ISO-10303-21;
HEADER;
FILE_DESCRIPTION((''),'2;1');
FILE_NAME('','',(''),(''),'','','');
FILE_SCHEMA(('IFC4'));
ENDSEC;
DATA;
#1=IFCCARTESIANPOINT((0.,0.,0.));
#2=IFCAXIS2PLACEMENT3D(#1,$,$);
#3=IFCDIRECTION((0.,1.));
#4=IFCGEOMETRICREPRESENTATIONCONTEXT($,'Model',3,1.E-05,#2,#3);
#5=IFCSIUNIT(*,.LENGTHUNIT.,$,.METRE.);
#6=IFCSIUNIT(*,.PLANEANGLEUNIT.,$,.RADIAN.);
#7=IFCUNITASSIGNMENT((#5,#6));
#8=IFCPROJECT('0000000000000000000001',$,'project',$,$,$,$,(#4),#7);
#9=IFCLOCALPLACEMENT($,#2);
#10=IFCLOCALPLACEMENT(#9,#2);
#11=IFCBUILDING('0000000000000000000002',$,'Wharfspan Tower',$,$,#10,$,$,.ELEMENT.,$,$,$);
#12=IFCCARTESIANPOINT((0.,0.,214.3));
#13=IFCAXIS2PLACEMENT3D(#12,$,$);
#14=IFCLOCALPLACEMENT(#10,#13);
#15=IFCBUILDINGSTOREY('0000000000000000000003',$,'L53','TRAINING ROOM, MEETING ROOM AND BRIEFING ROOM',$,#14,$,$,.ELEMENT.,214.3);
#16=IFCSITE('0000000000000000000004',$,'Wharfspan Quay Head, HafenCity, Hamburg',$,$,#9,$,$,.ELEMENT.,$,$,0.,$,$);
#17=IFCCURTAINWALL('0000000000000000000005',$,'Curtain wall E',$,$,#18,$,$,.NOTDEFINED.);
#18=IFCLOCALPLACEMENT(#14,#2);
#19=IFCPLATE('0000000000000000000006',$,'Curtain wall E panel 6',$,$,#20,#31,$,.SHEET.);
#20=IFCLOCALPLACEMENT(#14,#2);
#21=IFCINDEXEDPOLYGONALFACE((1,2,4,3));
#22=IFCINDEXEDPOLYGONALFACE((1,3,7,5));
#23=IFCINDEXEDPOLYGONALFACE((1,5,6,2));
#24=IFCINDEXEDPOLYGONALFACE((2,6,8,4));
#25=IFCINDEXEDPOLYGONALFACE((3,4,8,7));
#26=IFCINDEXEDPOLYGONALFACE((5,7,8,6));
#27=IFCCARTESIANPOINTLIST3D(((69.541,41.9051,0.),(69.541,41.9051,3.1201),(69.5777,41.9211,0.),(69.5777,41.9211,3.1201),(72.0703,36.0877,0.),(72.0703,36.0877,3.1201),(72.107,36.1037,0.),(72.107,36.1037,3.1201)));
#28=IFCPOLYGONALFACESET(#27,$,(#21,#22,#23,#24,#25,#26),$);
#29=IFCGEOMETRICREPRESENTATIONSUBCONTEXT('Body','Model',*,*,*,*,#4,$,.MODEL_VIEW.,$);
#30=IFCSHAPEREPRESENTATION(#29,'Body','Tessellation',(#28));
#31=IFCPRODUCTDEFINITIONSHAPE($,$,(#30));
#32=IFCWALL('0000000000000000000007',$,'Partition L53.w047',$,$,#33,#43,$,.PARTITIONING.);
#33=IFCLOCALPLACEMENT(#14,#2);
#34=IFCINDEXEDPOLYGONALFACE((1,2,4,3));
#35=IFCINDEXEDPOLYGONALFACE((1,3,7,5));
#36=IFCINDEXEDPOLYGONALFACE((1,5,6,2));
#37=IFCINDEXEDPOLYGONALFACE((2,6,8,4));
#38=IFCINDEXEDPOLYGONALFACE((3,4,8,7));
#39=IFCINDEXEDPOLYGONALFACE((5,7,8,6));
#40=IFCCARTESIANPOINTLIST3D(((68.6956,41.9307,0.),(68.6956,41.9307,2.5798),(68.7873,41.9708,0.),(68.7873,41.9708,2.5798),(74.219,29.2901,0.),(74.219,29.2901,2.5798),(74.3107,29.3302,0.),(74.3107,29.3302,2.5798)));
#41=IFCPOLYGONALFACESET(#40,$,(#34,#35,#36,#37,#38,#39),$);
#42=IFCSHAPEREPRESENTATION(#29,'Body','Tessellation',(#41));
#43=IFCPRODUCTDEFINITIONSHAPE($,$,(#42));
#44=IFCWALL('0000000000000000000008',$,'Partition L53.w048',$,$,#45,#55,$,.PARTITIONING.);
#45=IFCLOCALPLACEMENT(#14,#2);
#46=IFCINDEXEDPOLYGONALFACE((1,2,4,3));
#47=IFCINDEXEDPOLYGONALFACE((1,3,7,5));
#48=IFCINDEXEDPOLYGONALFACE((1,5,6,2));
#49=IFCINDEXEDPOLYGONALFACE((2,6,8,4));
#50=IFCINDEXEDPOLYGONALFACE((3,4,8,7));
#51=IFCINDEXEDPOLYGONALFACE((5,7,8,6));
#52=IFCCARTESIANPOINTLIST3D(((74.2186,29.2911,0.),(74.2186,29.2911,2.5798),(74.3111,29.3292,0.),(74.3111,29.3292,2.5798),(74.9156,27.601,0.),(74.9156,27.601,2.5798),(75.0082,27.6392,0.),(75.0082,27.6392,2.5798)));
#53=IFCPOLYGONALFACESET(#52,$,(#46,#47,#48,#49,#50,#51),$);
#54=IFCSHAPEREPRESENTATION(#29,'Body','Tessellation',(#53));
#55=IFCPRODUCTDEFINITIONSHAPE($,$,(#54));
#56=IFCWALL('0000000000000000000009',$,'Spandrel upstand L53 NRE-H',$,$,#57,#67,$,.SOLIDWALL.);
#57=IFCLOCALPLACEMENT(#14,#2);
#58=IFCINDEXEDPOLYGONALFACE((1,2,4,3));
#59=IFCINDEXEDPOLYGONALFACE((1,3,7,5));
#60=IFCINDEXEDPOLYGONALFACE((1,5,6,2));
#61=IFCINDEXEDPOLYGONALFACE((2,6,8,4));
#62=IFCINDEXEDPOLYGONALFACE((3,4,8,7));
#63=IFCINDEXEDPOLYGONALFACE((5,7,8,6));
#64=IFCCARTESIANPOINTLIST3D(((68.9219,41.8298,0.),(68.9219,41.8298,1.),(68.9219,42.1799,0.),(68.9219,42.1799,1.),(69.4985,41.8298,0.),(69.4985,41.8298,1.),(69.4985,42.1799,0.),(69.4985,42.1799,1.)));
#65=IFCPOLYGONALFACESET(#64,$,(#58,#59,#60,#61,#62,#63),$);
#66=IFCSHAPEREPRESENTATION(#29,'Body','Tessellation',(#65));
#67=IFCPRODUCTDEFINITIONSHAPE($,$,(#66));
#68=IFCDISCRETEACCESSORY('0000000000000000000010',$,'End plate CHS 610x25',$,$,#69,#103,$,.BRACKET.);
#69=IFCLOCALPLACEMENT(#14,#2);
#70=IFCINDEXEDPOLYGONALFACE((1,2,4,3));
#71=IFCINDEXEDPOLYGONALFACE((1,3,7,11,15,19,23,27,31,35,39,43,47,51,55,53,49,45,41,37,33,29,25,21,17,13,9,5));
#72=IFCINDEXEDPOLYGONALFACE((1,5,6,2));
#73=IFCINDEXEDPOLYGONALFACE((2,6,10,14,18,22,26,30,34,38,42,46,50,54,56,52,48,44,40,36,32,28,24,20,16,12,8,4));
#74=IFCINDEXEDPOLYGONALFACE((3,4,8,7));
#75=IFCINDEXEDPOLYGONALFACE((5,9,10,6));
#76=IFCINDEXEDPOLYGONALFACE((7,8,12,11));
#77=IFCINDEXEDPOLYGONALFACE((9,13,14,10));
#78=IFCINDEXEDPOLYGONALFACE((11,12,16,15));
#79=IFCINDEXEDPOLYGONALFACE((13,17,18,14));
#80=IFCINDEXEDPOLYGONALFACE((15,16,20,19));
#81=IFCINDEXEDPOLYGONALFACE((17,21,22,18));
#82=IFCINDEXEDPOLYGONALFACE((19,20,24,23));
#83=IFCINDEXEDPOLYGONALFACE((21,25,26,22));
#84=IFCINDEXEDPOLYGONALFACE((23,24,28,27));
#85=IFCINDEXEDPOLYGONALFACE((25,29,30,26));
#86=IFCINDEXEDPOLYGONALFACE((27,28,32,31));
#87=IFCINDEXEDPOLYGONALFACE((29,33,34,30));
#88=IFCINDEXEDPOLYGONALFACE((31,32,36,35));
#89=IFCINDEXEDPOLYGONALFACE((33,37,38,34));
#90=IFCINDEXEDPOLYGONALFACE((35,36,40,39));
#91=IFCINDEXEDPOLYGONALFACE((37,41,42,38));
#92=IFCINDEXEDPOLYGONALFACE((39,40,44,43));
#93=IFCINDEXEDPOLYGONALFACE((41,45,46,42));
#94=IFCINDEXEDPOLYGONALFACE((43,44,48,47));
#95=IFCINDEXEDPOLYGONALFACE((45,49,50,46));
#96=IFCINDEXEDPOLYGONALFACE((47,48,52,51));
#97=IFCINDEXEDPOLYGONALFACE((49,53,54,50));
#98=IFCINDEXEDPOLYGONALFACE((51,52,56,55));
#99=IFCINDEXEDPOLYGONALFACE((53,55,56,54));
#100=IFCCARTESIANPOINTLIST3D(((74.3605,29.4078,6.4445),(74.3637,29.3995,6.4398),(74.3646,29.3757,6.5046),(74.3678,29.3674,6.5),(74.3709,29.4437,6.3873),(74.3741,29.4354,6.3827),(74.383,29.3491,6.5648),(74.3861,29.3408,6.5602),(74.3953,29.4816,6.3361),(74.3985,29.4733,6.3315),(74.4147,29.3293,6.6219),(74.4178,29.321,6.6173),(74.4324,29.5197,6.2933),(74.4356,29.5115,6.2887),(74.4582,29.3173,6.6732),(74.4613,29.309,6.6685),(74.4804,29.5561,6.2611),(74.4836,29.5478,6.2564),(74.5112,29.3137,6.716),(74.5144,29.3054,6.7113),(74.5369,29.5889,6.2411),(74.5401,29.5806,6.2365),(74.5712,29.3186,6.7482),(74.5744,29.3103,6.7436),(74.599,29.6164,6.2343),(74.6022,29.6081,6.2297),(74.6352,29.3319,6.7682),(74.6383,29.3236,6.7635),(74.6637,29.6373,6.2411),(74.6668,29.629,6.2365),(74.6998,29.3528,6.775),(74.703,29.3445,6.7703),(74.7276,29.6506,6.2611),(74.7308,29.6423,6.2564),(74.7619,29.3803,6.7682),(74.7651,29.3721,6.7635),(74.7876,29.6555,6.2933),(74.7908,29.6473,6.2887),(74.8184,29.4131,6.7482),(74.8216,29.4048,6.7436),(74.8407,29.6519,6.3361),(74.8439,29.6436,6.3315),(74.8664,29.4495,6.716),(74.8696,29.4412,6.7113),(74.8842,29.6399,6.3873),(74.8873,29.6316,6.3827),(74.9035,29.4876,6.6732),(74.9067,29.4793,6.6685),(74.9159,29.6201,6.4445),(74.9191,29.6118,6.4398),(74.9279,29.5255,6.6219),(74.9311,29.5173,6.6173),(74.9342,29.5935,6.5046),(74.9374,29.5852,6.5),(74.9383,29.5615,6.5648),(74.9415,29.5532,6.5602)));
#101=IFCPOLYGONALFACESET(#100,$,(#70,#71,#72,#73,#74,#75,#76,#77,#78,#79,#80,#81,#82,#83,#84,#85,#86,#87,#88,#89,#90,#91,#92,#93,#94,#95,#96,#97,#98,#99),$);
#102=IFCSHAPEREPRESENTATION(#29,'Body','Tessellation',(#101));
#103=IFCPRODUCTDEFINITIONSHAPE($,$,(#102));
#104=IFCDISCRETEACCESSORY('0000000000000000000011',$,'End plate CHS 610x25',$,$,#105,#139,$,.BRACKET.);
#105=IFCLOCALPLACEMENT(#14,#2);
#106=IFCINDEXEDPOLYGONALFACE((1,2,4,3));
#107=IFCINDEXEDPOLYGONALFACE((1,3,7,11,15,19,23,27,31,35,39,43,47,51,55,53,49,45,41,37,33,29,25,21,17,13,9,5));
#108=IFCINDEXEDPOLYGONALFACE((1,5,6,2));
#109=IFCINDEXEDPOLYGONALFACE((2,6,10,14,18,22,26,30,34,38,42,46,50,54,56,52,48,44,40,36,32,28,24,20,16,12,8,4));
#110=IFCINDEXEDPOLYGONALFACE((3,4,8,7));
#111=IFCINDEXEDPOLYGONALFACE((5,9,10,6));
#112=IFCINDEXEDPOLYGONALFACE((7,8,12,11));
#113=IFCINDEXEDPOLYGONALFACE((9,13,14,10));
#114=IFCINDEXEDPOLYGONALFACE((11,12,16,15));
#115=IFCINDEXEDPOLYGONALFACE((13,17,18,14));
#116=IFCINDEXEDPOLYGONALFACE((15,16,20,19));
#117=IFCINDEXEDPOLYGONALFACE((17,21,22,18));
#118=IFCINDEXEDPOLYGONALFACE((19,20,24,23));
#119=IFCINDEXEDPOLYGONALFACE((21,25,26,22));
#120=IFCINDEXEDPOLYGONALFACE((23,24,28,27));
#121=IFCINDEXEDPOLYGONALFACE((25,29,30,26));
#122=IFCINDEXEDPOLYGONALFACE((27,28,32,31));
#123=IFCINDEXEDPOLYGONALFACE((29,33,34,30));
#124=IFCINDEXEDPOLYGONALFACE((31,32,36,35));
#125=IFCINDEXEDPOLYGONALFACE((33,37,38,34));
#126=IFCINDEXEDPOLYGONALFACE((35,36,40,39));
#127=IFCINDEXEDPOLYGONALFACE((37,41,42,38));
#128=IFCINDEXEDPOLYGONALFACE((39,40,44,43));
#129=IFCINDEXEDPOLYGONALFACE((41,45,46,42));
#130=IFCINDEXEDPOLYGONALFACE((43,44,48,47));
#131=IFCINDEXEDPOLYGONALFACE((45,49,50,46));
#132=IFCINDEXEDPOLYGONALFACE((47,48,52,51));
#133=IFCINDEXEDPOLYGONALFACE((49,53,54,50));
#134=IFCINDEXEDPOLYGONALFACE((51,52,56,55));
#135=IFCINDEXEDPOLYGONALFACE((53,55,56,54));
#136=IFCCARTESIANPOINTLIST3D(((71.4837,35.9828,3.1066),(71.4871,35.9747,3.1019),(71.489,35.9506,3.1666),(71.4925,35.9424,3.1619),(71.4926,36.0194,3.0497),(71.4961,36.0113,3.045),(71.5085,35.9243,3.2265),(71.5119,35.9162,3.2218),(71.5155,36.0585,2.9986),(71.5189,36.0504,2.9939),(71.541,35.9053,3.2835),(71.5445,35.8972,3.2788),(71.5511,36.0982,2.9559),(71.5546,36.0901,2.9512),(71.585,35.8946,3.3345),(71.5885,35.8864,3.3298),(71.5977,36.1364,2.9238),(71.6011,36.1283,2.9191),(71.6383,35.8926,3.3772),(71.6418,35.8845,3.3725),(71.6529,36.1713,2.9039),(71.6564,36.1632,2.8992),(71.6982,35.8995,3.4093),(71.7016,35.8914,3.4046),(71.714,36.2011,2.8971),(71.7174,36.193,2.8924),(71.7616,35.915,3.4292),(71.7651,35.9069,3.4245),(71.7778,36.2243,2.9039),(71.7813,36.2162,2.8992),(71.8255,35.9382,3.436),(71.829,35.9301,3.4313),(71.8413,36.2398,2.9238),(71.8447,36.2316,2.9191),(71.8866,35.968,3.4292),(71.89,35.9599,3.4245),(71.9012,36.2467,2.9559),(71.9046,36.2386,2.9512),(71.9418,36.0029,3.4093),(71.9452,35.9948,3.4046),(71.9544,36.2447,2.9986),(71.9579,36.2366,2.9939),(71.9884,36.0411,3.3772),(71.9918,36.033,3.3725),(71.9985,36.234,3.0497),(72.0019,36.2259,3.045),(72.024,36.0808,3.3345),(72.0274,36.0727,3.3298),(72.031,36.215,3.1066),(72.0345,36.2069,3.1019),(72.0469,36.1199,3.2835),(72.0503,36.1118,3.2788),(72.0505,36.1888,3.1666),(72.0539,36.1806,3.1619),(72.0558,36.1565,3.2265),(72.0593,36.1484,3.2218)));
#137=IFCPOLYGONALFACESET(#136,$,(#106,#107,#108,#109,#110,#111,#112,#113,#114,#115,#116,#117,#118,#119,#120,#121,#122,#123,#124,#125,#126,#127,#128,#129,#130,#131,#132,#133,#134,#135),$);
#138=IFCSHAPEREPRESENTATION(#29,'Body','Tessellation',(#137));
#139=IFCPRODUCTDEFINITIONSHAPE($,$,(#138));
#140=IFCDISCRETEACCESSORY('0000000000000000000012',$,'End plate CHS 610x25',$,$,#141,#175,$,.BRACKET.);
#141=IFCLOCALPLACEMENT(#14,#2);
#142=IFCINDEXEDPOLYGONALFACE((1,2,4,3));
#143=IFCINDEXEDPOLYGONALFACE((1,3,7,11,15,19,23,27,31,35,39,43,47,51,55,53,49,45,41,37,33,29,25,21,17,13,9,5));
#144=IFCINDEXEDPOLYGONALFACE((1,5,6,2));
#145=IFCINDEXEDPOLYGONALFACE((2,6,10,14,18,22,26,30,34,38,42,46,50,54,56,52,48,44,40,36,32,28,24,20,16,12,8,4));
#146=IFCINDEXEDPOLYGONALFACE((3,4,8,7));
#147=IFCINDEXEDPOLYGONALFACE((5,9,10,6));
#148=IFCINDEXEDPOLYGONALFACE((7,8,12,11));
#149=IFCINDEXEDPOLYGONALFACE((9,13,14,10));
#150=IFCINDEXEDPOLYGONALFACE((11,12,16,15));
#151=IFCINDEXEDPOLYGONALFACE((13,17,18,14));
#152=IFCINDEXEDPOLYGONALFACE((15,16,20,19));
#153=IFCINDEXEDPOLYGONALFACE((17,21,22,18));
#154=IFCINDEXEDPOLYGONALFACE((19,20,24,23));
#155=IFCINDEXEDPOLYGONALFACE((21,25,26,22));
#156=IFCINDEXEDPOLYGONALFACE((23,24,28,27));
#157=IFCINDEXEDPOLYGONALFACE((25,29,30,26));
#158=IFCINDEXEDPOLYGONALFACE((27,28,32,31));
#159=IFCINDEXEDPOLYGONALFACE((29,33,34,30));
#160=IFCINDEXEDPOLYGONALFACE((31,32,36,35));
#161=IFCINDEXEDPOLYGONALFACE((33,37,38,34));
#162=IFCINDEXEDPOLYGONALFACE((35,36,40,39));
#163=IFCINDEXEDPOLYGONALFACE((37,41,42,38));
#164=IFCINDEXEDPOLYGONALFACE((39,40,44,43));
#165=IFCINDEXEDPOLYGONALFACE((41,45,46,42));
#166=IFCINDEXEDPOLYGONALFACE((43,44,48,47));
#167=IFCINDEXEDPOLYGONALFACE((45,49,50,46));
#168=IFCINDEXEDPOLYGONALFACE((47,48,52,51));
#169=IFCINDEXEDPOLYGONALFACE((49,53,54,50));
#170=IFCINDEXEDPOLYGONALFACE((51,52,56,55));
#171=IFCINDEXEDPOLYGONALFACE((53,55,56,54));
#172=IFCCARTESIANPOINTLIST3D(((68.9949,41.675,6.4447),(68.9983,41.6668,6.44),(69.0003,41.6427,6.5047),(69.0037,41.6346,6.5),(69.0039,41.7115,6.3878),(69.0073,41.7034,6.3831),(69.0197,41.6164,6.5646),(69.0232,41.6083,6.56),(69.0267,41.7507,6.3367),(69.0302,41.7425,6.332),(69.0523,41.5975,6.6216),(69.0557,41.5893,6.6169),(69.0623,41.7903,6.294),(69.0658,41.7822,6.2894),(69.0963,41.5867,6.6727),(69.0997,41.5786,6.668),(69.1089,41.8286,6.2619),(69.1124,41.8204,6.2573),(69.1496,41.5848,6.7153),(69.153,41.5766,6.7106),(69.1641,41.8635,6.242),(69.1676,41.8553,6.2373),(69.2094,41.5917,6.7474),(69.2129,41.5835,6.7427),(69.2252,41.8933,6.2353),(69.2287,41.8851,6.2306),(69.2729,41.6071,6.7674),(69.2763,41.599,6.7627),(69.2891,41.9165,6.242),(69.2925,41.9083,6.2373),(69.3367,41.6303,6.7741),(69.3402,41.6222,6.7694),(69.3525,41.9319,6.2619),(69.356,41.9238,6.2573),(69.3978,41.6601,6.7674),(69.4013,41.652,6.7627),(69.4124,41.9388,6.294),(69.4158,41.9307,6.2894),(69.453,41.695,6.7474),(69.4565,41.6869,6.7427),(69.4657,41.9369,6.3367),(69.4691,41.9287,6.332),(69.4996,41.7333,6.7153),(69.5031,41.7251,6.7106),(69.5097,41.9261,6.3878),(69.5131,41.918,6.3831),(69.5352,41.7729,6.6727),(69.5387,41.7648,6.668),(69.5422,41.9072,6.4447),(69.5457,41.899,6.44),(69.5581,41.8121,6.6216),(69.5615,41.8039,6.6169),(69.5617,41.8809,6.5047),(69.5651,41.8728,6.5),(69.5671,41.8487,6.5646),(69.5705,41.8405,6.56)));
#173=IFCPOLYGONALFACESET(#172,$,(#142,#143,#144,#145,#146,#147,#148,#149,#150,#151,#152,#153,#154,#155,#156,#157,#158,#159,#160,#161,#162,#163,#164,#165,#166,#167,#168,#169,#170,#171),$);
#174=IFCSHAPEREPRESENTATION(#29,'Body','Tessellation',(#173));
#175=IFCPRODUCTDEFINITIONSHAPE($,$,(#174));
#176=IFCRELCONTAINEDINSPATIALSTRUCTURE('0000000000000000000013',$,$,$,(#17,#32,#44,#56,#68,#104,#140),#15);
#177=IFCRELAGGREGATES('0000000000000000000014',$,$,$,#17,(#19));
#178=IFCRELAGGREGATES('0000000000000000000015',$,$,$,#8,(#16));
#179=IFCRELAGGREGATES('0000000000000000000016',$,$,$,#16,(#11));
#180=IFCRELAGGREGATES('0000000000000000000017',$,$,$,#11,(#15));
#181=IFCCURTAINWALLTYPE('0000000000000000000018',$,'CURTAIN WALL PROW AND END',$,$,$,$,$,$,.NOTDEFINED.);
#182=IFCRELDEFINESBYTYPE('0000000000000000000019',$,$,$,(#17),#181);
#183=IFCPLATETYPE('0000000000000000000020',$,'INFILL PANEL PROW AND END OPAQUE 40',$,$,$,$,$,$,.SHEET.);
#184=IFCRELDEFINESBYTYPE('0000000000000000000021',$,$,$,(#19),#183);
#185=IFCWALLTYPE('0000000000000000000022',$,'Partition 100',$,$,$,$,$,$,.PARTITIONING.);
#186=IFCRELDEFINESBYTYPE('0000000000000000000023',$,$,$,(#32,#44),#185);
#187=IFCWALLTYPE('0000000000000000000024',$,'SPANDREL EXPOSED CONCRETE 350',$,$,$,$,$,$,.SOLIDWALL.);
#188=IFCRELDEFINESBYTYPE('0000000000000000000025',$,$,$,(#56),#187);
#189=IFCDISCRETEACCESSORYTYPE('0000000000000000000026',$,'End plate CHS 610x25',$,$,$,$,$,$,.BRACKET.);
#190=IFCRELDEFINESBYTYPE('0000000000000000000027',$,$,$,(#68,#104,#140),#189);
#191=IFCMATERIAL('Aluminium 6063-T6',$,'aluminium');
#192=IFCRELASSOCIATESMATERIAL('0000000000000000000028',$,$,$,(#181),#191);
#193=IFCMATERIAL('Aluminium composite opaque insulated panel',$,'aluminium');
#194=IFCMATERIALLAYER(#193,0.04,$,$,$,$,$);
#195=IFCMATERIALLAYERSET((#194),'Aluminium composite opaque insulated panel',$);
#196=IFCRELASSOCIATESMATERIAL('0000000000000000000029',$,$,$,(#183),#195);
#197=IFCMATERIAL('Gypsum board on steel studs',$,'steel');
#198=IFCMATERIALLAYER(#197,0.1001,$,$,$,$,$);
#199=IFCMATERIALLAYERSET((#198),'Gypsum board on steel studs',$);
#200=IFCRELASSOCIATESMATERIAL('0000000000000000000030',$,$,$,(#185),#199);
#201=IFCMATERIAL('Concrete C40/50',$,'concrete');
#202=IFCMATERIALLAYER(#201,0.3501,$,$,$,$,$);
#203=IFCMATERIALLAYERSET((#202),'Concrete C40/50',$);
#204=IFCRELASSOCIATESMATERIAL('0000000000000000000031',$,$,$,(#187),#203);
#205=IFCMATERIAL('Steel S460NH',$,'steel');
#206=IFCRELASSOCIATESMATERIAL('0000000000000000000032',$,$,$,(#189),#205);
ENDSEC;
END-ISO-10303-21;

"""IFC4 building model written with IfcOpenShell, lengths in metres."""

from ifc_helpers import new_model, si_unit, direction, frame, frame_2d, origin, origin_2d, place, context, subcontext, project, spatial, rectangle, circle, extrude, material, layer, layer_set, material_profile, profile_set, type_object, element, aggregate, save


model = new_model("IFC4")

# Units and contexts
model_context = context("Model", 3, precision=1e-05, world=origin(), true_north=direction((0.0, 1.0)))
body_context = subcontext(model_context, "Body", "Model", "MODEL_VIEW")
ifc_project = project(units=[si_unit("LENGTHUNIT", "METRE"), si_unit("PLANEANGLEUNIT", "RADIAN")], contexts=[model_context])

# Site, building, storey
site_placement = place(None, origin())
site = spatial("IfcSite", under=ifc_project, at=site_placement, Name="Wharfspan Quay Head, HafenCity, Hamburg", CompositionType="ELEMENT", RefElevation=0.0)
building_placement = place(site_placement, origin())
building = spatial("IfcBuilding", under=site, at=building_placement, Name="Wharfspan Tower", CompositionType="ELEMENT")
storey_placement = place(building_placement, frame((0.0, 0.0, 214.3)))
storey = spatial("IfcBuildingStorey", under=building, at=storey_placement, Name="L53", Description="TRAINING ROOM, MEETING ROOM AND BRIEFING ROOM", CompositionType="ELEMENT", Elevation=214.3)

# Curtain wall
ifc_material_1 = material(Name="Aluminium 6063-T6", Category="aluminium")
curtain_wall_type = type_object("IfcCurtainWallType", Name="CURTAIN WALL PROW AND END", PredefinedType="NOTDEFINED", material=ifc_material_1)
curtain_wall_1_placement = place(storey_placement, origin())
curtain_wall_1 = element("IfcCurtainWall", 1, at=curtain_wall_1_placement, inside=storey, type_object=curtain_wall_type, Name="Curtain wall E", PredefinedType="NOTDEFINED")

# Shared definitions
ifc_material_2 = material(Name="Steel S460NH", Category="steel")

# Plate
ifc_material_3 = material(Name="Aluminium composite opaque insulated panel", Category="aluminium")
ifc_layer_1 = layer(ifc_material_3, 0.04)
ifc_layer_set_1 = layer_set([ifc_layer_1], Name="Aluminium composite opaque insulated panel")
plate_type = type_object("IfcPlateType", Name="INFILL PANEL PROW AND END OPAQUE 40", PredefinedType="SHEET", material=ifc_layer_set_1)
plate_1_placement = place(storey_placement, frame((70.824, 39.0044, 0.0), z_axis=(0.0, 0.0, 1.0), x_axis=(-0.398727, 0.917072, 0.0)))
plate_1 = element("IfcPlate", 2, at=plate_1_placement, type_object=plate_type, Name="Curtain wall E panel 6", PredefinedType="SHEET", context=body_context, shape_type="SweptSolid", body=[
    extrude(rectangle(XDim=6.3435, YDim=0.04, at=origin_2d()), origin(), (0.0, 0.0, 1.0), 3.1201),
])
aggregate(curtain_wall_1, [plate_1])

# Walls
ifc_material_4 = material(Name="Gypsum board on steel studs", Category="steel")
ifc_layer_2 = layer(ifc_material_4, 0.1001)
ifc_layer_set_2 = layer_set([ifc_layer_2], Name="Gypsum board on steel studs")
wall_type_1 = type_object("IfcWallType", Name="Partition 100", PredefinedType="PARTITIONING", material=ifc_layer_set_2)
wall_1_placement = place(storey_placement, frame((74.2649, 29.3101, 0.0), z_axis=(0.0, 0.0, 1.0), x_axis=(-0.400401, 0.916335, 0.0)))
element("IfcWall", 3, at=wall_1_placement, inside=storey, type_object=wall_type_1, Name="Partition L53.w047", PredefinedType="PARTITIONING", context=body_context, shape_type="SweptSolid", body=[
    extrude(rectangle(XDim=13.7947, YDim=0.1001, at=frame_2d((6.8975, 0.0))), origin(), (0.0, 0.0, 1.0), 2.5798),
])
wall_2_placement = place(storey_placement, frame((74.9619, 27.6201, 0.0), z_axis=(0.0, 0.0, 1.0), x_axis=(-0.381293, 0.924452, 0.0)))
element("IfcWall", 4, at=wall_2_placement, inside=storey, type_object=wall_type_1, Name="Partition L53.w048", PredefinedType="PARTITIONING", context=body_context, shape_type="SweptSolid", body=[
    extrude(rectangle(XDim=1.8281, YDim=0.1001, at=frame_2d((0.9141, 0.0))), origin(), (0.0, 0.0, 1.0), 2.5798),
])
ifc_material_5 = material(Name="Concrete C40/50", Category="concrete")
ifc_layer_3 = layer(ifc_material_5, 0.3501)
ifc_layer_set_3 = layer_set([ifc_layer_3], Name="Concrete C40/50")
wall_type_2 = type_object("IfcWallType", Name="SPANDREL EXPOSED CONCRETE 350", PredefinedType="SOLIDWALL", material=ifc_layer_set_3)
wall_3_placement = place(storey_placement, frame((69.4985, 42.0049, 0.0), z_axis=(0.0, 0.0, 1.0), x_axis=(-1.0, 0.0, 0.0)))
element("IfcWall", 5, at=wall_3_placement, inside=storey, type_object=wall_type_2, Name="Spandrel upstand L53 NRE-H", PredefinedType="SOLIDWALL", context=body_context, shape_type="SweptSolid", body=[
    extrude(rectangle(XDim=0.5767, YDim=0.3501, at=frame_2d((0.2883, 0.0))), origin(), (0.0, 0.0, 1.0), 1.0),
])

# Discrete accessories
ifc_material_profile_1 = material_profile(ifc_material_2, circle(Radius=0.3049, at=origin_2d()))
ifc_profile_set_1 = profile_set([ifc_material_profile_1], Name="Steel S460NH")
discrete_accessory_type = type_object("IfcDiscreteAccessoryType", Name="End plate CHS 610x25", PredefinedType="BRACKET", material=ifc_profile_set_1)
for number, where, z_axis, x_axis, name in (
    (6, (74.6526, 29.4763, 6.5), (-0.316603, 0.828038, 0.462727), (-0.934054, -0.357138, -0.000001), "End plate CHS 610x25"),
    (7, (71.7732, 36.0615, 3.1619), (-0.345075, 0.81339, 0.468316), (-0.920586, -0.390551, -0.000002), "End plate CHS 610x25"),
    (8, (69.2844, 41.7537, 6.5), (-0.345075, 0.81339, 0.468316), (-0.920586, -0.390551, -0.000002), "End plate CHS 610x25"),
):
    element("IfcDiscreteAccessory", number, at=place(storey_placement, frame(where, z_axis=z_axis, x_axis=x_axis)), inside=storey, type_object=discrete_accessory_type, Name=name, PredefinedType="BRACKET", context=body_context, shape_type="SweptSolid", body=[
        extrude(circle(Radius=0.3049, at=origin_2d()), origin(), (0.0, 0.0, 1.0), 0.01),
    ])

save(model, "model.ifc")
